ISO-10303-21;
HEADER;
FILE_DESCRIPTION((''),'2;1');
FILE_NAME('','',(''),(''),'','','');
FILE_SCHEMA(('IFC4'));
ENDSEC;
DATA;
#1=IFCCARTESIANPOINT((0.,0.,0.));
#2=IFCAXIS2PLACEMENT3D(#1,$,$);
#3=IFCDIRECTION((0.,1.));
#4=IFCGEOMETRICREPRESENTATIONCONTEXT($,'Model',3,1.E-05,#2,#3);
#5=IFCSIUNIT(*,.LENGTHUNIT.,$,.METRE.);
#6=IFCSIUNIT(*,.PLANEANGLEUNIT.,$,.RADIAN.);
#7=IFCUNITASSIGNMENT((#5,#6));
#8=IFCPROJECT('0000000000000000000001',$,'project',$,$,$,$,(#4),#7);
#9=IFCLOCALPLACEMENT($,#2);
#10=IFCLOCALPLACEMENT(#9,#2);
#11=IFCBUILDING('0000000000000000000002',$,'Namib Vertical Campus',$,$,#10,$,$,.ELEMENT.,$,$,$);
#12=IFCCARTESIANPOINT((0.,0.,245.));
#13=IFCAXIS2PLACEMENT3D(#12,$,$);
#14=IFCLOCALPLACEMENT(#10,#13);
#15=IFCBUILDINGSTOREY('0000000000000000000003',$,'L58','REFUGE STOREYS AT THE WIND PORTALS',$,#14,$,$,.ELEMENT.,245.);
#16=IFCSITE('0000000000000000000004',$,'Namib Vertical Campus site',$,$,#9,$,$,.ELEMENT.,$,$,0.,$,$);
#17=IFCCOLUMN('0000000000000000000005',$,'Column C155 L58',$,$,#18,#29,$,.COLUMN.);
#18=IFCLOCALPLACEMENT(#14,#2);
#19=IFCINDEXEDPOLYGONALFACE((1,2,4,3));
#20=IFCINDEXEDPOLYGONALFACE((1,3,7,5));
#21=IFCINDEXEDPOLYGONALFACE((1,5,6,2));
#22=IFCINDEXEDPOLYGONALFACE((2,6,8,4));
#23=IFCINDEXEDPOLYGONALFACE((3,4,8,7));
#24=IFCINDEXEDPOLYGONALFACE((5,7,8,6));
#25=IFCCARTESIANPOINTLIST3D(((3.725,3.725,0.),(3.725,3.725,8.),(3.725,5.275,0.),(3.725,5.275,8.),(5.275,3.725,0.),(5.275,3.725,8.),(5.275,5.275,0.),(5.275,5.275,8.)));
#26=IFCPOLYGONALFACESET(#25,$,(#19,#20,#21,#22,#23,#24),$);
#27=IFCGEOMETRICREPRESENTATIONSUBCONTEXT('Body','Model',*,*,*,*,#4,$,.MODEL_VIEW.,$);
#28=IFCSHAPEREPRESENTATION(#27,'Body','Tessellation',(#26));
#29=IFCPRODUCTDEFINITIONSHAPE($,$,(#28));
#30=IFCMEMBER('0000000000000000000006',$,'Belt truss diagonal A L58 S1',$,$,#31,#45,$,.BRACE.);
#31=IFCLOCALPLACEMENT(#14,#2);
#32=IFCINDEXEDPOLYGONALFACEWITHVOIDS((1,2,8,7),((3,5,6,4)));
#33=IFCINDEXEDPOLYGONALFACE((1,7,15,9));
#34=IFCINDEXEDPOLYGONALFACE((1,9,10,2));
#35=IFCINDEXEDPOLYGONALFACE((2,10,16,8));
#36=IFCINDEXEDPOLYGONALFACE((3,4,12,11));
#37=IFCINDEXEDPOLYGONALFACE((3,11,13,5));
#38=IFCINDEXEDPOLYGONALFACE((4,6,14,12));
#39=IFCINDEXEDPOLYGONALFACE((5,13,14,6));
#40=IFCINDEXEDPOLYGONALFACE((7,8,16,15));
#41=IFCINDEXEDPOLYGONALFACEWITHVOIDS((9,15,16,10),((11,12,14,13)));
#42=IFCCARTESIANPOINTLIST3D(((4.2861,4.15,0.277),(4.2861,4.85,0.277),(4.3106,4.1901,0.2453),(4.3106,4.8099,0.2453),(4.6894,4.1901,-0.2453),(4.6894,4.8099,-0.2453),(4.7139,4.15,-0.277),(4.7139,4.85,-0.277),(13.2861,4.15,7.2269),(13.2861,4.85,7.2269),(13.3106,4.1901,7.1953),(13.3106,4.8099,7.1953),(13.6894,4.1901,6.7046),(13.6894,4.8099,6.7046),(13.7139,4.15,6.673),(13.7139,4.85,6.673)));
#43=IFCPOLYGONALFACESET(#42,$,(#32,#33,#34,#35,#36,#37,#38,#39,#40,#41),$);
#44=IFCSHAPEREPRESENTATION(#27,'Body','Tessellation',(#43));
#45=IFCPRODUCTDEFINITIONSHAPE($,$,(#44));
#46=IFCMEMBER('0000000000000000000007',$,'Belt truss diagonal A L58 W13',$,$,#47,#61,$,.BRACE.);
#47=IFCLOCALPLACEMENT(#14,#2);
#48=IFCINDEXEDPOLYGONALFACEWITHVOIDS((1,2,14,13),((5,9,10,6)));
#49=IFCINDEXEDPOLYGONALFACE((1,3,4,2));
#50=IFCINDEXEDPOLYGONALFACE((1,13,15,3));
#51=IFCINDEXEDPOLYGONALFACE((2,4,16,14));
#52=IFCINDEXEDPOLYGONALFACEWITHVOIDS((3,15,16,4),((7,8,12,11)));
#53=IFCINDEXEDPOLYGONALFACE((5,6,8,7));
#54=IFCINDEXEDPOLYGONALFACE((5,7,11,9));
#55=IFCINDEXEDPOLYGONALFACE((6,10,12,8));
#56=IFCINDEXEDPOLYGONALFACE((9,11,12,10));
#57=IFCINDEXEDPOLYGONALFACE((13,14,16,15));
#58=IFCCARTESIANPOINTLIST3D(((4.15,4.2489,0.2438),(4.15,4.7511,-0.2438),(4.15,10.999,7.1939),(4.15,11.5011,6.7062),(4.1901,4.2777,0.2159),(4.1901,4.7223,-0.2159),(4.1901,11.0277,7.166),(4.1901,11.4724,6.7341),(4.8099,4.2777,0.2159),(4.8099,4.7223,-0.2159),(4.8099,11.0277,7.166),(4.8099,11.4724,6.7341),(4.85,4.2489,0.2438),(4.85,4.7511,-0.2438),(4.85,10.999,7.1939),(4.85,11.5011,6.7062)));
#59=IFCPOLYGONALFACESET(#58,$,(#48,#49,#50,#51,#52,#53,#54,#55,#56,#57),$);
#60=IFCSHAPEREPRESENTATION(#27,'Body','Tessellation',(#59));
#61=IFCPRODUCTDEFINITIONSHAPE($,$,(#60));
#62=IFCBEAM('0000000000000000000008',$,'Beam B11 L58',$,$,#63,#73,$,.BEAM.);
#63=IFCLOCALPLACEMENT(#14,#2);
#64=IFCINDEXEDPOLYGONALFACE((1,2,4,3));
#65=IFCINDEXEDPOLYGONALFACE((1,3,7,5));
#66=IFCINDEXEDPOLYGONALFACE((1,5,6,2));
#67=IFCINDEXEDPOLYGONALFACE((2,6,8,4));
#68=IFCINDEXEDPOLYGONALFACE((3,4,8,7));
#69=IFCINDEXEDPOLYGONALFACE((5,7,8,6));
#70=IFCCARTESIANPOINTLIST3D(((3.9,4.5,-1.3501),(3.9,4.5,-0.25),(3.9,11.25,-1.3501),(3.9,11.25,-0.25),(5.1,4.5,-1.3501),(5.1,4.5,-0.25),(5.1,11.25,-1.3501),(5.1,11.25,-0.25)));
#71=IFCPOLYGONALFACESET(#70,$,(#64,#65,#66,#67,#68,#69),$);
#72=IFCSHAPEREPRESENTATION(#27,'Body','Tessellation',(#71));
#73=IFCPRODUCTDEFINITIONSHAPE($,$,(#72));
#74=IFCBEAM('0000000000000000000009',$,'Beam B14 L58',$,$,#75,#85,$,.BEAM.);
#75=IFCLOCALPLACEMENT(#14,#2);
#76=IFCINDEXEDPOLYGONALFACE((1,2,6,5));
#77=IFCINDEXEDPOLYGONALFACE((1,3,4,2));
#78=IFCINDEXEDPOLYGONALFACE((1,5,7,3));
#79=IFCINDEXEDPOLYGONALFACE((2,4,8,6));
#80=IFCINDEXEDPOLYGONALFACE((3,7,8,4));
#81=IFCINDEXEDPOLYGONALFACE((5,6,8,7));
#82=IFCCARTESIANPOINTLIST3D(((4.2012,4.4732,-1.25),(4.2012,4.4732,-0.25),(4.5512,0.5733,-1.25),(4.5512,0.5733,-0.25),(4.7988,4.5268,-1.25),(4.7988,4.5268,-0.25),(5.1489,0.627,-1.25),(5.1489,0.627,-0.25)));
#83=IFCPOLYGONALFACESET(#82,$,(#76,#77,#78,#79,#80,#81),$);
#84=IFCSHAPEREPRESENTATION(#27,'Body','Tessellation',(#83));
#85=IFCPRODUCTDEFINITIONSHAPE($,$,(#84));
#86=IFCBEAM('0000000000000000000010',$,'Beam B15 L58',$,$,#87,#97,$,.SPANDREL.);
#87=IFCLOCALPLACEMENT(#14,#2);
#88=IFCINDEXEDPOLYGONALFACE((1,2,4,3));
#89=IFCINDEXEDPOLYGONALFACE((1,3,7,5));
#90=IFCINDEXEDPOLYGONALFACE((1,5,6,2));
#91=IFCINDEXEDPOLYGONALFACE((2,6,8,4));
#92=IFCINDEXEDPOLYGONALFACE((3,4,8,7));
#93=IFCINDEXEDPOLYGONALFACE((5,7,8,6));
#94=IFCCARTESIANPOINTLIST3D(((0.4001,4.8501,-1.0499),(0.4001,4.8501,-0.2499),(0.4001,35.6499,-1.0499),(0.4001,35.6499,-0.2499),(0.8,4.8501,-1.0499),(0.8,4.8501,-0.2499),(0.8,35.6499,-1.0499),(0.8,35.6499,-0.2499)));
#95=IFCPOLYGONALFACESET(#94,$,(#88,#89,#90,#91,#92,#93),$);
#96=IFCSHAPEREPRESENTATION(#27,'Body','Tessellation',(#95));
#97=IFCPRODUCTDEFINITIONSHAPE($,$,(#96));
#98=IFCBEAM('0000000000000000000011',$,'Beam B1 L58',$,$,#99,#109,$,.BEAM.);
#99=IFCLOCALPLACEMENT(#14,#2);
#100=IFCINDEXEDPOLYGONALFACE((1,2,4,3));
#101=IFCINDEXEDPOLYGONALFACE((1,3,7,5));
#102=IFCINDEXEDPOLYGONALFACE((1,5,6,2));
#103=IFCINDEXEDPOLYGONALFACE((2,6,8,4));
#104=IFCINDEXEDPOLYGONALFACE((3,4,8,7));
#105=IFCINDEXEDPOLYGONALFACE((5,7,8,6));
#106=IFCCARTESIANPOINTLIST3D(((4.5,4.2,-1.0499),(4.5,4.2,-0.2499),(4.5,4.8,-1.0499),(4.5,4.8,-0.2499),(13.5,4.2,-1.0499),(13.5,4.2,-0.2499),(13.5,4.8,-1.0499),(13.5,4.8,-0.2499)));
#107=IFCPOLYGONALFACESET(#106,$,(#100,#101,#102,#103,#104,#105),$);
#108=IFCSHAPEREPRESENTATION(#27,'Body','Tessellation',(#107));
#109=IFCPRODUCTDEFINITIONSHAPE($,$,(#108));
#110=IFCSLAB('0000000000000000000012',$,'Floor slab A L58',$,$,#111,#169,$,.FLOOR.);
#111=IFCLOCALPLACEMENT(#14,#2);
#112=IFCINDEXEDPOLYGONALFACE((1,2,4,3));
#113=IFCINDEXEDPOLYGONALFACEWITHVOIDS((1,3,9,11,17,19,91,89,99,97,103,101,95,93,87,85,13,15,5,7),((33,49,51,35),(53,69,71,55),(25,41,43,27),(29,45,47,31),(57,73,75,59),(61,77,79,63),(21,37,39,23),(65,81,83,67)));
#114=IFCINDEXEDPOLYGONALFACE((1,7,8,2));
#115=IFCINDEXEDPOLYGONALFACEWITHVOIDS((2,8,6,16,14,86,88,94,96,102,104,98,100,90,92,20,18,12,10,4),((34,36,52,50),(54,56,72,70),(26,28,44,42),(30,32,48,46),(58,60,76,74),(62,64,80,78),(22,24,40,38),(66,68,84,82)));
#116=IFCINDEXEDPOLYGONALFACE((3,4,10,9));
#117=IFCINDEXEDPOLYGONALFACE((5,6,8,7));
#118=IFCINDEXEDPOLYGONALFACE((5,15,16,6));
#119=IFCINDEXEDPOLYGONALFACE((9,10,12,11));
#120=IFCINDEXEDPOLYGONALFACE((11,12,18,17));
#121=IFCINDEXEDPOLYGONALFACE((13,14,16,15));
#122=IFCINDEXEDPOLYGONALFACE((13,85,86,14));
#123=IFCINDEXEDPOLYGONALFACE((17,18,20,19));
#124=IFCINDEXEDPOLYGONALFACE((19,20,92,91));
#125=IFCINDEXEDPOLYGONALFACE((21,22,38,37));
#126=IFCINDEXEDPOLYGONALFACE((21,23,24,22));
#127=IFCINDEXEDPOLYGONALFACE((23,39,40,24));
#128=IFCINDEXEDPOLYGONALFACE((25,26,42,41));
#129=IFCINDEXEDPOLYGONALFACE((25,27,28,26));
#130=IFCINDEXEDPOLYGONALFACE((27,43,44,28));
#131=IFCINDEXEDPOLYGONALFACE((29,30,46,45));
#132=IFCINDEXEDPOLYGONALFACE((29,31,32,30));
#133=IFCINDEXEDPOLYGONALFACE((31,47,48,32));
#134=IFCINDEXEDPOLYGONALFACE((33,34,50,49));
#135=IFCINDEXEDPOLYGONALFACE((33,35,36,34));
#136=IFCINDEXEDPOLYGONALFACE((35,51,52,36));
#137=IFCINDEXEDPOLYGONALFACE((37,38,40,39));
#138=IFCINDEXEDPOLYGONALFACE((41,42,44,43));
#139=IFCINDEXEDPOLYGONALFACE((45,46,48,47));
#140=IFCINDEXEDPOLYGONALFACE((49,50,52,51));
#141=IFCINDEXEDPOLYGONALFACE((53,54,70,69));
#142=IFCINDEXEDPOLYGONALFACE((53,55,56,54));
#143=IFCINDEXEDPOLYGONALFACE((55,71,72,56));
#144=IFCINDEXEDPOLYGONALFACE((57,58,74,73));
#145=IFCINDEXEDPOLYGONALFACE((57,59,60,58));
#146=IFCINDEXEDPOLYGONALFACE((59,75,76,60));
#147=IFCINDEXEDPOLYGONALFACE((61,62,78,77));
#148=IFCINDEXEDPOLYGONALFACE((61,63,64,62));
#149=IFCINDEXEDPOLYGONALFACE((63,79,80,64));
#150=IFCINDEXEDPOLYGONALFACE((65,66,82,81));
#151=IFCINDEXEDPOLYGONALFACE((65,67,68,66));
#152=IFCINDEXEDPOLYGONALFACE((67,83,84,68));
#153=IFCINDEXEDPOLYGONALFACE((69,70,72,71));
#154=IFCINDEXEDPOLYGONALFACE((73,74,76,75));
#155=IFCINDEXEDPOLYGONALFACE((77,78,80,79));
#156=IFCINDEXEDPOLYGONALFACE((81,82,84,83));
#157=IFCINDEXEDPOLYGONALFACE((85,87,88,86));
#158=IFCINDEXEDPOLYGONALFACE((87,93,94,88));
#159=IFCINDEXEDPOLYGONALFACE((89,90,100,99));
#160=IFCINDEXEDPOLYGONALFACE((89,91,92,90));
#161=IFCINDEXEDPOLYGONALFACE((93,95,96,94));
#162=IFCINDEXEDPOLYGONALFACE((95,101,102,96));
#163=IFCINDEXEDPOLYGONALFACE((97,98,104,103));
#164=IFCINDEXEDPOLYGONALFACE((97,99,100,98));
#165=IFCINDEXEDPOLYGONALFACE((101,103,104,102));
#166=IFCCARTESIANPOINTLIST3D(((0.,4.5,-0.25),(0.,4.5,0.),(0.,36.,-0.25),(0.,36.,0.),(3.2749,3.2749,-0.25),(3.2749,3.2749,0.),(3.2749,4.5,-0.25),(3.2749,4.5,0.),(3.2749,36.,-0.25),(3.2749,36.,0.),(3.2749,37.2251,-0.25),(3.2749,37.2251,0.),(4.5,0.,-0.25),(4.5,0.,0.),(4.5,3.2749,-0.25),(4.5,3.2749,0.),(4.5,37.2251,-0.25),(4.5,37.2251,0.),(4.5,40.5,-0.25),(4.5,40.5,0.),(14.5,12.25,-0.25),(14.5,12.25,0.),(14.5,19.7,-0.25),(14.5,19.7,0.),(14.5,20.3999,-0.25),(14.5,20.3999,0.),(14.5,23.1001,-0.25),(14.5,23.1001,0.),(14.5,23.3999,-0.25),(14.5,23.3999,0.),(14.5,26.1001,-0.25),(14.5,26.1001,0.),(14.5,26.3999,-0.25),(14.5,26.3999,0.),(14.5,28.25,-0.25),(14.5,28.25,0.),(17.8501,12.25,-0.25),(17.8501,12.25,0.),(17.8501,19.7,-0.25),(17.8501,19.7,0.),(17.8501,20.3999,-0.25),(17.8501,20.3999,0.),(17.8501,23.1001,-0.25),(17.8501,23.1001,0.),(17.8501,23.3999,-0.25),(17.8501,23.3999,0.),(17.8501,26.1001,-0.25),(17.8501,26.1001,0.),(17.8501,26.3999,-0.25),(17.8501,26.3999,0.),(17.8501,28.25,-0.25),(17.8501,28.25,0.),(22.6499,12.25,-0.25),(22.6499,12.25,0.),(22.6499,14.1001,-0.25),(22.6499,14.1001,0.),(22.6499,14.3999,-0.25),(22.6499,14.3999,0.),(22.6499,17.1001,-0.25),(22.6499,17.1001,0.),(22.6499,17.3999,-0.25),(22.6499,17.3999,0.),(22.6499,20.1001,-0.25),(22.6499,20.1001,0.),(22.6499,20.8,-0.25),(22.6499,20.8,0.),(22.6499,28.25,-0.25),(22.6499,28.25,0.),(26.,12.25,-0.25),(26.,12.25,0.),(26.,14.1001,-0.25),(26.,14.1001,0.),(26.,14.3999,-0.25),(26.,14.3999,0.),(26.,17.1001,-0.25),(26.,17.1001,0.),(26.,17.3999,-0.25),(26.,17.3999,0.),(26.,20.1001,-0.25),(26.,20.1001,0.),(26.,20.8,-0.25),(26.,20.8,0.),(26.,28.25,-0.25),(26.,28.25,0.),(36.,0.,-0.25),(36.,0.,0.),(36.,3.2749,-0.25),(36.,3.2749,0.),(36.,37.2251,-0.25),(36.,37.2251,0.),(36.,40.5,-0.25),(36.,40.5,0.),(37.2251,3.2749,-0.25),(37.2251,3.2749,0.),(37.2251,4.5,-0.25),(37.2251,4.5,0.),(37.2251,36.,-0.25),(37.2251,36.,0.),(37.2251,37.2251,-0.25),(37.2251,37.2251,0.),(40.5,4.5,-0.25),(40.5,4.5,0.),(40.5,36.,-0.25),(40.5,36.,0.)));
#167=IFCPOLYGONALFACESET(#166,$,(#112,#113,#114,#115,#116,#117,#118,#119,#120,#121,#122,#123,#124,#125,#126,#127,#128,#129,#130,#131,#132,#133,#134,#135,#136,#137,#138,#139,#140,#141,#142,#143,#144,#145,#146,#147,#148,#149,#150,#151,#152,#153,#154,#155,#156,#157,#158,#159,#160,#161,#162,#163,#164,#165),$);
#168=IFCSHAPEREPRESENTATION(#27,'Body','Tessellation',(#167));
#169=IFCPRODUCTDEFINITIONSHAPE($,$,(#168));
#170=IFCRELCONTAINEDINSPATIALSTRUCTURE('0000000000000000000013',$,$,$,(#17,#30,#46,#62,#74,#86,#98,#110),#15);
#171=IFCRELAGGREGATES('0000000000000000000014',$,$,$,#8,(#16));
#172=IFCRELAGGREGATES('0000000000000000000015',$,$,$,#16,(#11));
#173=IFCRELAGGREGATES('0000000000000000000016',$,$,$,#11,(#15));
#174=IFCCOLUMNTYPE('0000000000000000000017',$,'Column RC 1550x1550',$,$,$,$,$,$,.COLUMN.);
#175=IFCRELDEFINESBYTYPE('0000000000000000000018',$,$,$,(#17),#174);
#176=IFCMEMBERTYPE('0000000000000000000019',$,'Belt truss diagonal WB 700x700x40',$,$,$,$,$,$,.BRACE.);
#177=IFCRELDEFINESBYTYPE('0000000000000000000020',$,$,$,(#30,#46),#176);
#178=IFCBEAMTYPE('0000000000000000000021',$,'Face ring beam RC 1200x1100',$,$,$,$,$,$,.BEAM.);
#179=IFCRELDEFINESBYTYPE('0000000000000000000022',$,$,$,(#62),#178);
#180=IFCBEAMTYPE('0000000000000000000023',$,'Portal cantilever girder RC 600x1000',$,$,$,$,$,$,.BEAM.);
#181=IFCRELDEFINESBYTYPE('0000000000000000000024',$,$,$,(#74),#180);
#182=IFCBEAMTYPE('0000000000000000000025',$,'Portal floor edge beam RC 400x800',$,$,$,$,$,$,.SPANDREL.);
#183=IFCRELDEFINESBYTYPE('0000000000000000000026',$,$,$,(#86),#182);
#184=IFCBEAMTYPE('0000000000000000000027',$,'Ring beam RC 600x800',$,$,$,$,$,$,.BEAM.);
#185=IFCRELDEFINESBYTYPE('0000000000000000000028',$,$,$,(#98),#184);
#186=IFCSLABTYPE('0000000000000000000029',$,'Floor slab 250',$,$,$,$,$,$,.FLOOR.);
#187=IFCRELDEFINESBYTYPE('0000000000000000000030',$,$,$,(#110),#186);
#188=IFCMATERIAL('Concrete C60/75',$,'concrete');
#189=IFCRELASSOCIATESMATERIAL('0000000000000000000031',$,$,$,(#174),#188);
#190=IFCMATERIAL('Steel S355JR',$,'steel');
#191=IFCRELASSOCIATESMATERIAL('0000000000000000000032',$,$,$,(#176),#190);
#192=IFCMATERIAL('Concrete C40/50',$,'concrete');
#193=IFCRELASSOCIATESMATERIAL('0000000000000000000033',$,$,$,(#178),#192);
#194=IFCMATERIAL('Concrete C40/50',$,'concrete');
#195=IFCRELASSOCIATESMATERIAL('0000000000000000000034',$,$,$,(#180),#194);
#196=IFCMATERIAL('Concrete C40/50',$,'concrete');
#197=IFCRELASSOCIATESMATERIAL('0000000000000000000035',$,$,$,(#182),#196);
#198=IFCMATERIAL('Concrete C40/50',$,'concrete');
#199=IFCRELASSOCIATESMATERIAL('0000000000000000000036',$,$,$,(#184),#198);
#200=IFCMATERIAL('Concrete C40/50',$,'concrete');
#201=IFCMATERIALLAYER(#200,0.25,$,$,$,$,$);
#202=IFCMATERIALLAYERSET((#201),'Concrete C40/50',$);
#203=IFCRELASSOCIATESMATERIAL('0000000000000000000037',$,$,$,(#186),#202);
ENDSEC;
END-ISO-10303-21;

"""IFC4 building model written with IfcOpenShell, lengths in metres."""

from ifc_helpers import new_model, si_unit, direction, frame, origin, origin_2d, place, context, subcontext, project, spatial, polyline, rectangle, hollow_rectangle, outline, extrude, material, layer, layer_set, material_profile, profile_set, type_object, element, save


model = new_model("IFC4")

# Units and contexts
model_context = context("Model", 3, precision=1e-05, world=origin(), true_north=direction((0.0, 1.0)))
body_context = subcontext(model_context, "Body", "Model", "MODEL_VIEW")
ifc_project = project(units=[si_unit("LENGTHUNIT", "METRE"), si_unit("PLANEANGLEUNIT", "RADIAN")], contexts=[model_context])

# Site, building, storey
site_placement = place(None, origin())
site = spatial("IfcSite", under=ifc_project, at=site_placement, Name="Namib Vertical Campus site", CompositionType="ELEMENT", RefElevation=0.0)
building_placement = place(site_placement, origin())
building = spatial("IfcBuilding", under=site, at=building_placement, Name="Namib Vertical Campus", CompositionType="ELEMENT")
storey_placement = place(building_placement, frame((0.0, 0.0, 245.0)))
storey = spatial("IfcBuildingStorey", under=building, at=storey_placement, Name="L58", Description="REFUGE STOREYS AT THE WIND PORTALS", CompositionType="ELEMENT", Elevation=245.0)

# Column
ifc_material_1 = material(Name="Concrete C60/75", Category="concrete")
ifc_material_profile_1 = material_profile(ifc_material_1, rectangle(XDim=1.55, YDim=1.55, at=origin_2d()))
ifc_profile_set_1 = profile_set([ifc_material_profile_1], Name="Concrete C60/75")
column_type = type_object("IfcColumnType", Name="Column RC 1550x1550", PredefinedType="COLUMN", material=ifc_profile_set_1)
column_placement = place(storey_placement, frame((4.5, 4.5, 0.0), z_axis=(0.0, 0.0, 1.0), x_axis=(1.0, 0.0, 0.0)))
element("IfcColumn", 1, at=column_placement, inside=storey, type_object=column_type, Name="Column C155 L58", PredefinedType="COLUMN", context=body_context, shape_type="SweptSolid", body=[
    extrude(rectangle(XDim=1.55, YDim=1.55, at=origin_2d()), origin(), (0.0, 0.0, 1.0), 8.0),
])

# Members
ifc_material_2 = material(Name="Steel S355JR", Category="steel")
ifc_material_profile_2 = material_profile(ifc_material_2, hollow_rectangle(XDim=0.7, YDim=0.7, WallThickness=0.04, at=origin_2d()))
ifc_profile_set_2 = profile_set([ifc_material_profile_2], Name="Steel S355JR")
member_type = type_object("IfcMemberType", Name="Belt truss diagonal WB 700x700x40", PredefinedType="BRACE", material=ifc_profile_set_2)
member_1_placement = place(storey_placement, frame((4.5, 4.5, 0.0), z_axis=(0.79148, 0.0, 0.611194), x_axis=(0.0, 1.0, 0.0)))
element("IfcMember", 2, at=member_1_placement, inside=storey, type_object=member_type, Name="Belt truss diagonal A L58 S1", PredefinedType="BRACE", context=body_context, shape_type="SweptSolid", body=[
    extrude(hollow_rectangle(XDim=0.7, YDim=0.7, WallThickness=0.04, at=origin_2d()), origin(), (0.0, 0.0, 1.0), 11.3711),
])
member_2_placement = place(storey_placement, frame((4.5, 4.5, 0.0), z_axis=(0.0, 0.696712, 0.717351), x_axis=(-1.0, 0.0, 0.0)))
element("IfcMember", 3, at=member_2_placement, inside=storey, type_object=member_type, Name="Belt truss diagonal A L58 W13", PredefinedType="BRACE", context=body_context, shape_type="SweptSolid", body=[
    extrude(hollow_rectangle(XDim=0.7, YDim=0.7, WallThickness=0.04, at=origin_2d()), origin(), (0.0, 0.0, 1.0), 9.6885),
])

# Beams
ifc_material_3 = material(Name="Concrete C40/50", Category="concrete")
ifc_material_profile_3 = material_profile(ifc_material_3, rectangle(XDim=1.2, YDim=1.1001, at=origin_2d()))
ifc_profile_set_3 = profile_set([ifc_material_profile_3], Name="Concrete C40/50")
beam_type_1 = type_object("IfcBeamType", Name="Face ring beam RC 1200x1100", PredefinedType="BEAM", material=ifc_profile_set_3)
beam_1_placement = place(storey_placement, frame((4.5, 4.5, -0.8), z_axis=(0.0, 1.0, 0.0), x_axis=(-1.0, 0.0, 0.0)))
element("IfcBeam", 4, at=beam_1_placement, inside=storey, type_object=beam_type_1, Name="Beam B11 L58", PredefinedType="BEAM", context=body_context, shape_type="SweptSolid", body=[
    extrude(rectangle(XDim=1.2, YDim=1.1001, at=origin_2d()), origin(), (0.0, 0.0, 1.0), 6.75),
])
ifc_material_4 = material(Name="Concrete C40/50", Category="concrete")
ifc_material_profile_4 = material_profile(ifc_material_4, rectangle(XDim=0.6001, YDim=1.0, at=origin_2d()))
ifc_profile_set_4 = profile_set([ifc_material_profile_4], Name="Concrete C40/50")
beam_type_2 = type_object("IfcBeamType", Name="Portal cantilever girder RC 600x1000", PredefinedType="BEAM", material=ifc_profile_set_4)
beam_2_placement = place(storey_placement, frame((4.5, 4.5, -0.75), z_axis=(0.089411, -0.995995, 0.0), x_axis=(0.995995, 0.089411, 0.0)))
element("IfcBeam", 5, at=beam_2_placement, inside=storey, type_object=beam_type_2, Name="Beam B14 L58", PredefinedType="BEAM", context=body_context, shape_type="SweptSolid", body=[
    extrude(rectangle(XDim=0.6001, YDim=1.0, at=origin_2d()), origin(), (0.0, 0.0, 1.0), 3.9155),
])
ifc_material_5 = material(Name="Concrete C40/50", Category="concrete")
ifc_material_profile_5 = material_profile(ifc_material_5, rectangle(XDim=0.3999, YDim=0.8, at=origin_2d()))
ifc_profile_set_5 = profile_set([ifc_material_profile_5], Name="Concrete C40/50")
beam_type_3 = type_object("IfcBeamType", Name="Portal floor edge beam RC 400x800", PredefinedType="SPANDREL", material=ifc_profile_set_5)
beam_3_placement = place(storey_placement, frame((0.6001, 4.8501, -0.6499), z_axis=(0.0, 1.0, 0.0), x_axis=(-1.0, 0.0, 0.0)))
element("IfcBeam", 6, at=beam_3_placement, inside=storey, type_object=beam_type_3, Name="Beam B15 L58", PredefinedType="SPANDREL", context=body_context, shape_type="SweptSolid", body=[
    extrude(rectangle(XDim=0.3999, YDim=0.8, at=origin_2d()), origin(), (0.0, 0.0, 1.0), 30.7998),
])
ifc_material_6 = material(Name="Concrete C40/50", Category="concrete")
ifc_material_profile_6 = material_profile(ifc_material_6, rectangle(XDim=0.6001, YDim=0.8, at=origin_2d()))
ifc_profile_set_6 = profile_set([ifc_material_profile_6], Name="Concrete C40/50")
beam_type_4 = type_object("IfcBeamType", Name="Ring beam RC 600x800", PredefinedType="BEAM", material=ifc_profile_set_6)
beam_4_placement = place(storey_placement, frame((4.5, 4.5, -0.6499), z_axis=(1.0, 0.0, 0.0), x_axis=(0.0, 1.0, 0.0)))
element("IfcBeam", 7, at=beam_4_placement, inside=storey, type_object=beam_type_4, Name="Beam B1 L58", PredefinedType="BEAM", context=body_context, shape_type="SweptSolid", body=[
    extrude(rectangle(XDim=0.6001, YDim=0.8, at=origin_2d()), origin(), (0.0, 0.0, 1.0), 9.0),
])

# Slab
ifc_material_7 = material(Name="Concrete C40/50", Category="concrete")
ifc_layer_1 = layer(ifc_material_7, 0.25)
ifc_layer_set_1 = layer_set([ifc_layer_1], Name="Concrete C40/50")
slab_type_1 = type_object("IfcSlabType", Name="Floor slab 250", PredefinedType="FLOOR", material=ifc_layer_set_1)
slab_1_placement = place(storey_placement, frame((0.0, 0.0, -0.25)))
element("IfcSlab", 8, at=slab_1_placement, inside=storey, type_object=slab_type_1, Name="Floor slab A L58", PredefinedType="FLOOR", context=body_context, shape_type="SweptSolid", body=[
    extrude(outline(polyline([(4.5, 0.0), (36.0, 0.0), (36.0, 3.2749), (37.2251, 3.2749), (37.2251, 4.5), (40.5, 4.5), (40.5, 36.0), (37.2251, 36.0), (37.2251, 37.2251), (36.0, 37.2251), (36.0, 40.5), (4.5, 40.5), (4.5, 37.2251), (3.2749, 37.2251), (3.2749, 36.0), (0.0, 36.0), (0.0, 4.5), (3.2749, 4.5), (3.2749, 3.2749), (4.5, 3.2749), (4.5, 0.0)]), holes=[polyline([(14.5, 12.25), (17.8501, 12.25), (17.8501, 19.7), (14.5, 19.7), (14.5, 12.25)]), polyline([(22.6499, 20.8), (26.0, 20.8), (26.0, 28.25), (22.6499, 28.25), (22.6499, 20.8)]), polyline([(22.6499, 12.25), (26.0, 12.25), (26.0, 14.1001), (22.6499, 14.1001), (22.6499, 12.25)]), polyline([(14.5, 20.3999), (17.8501, 20.3999), (17.8501, 23.1001), (14.5, 23.1001), (14.5, 20.3999)]), polyline([(14.5, 23.3999), (17.8501, 23.3999), (17.8501, 26.1001), (14.5, 26.1001), (14.5, 23.3999)]), polyline([(14.5, 26.3999), (17.8501, 26.3999), (17.8501, 28.25), (14.5, 28.25), (14.5, 26.3999)]), polyline([(22.6499, 14.3999), (26.0, 14.3999), (26.0, 17.1001), (22.6499, 17.1001), (22.6499, 14.3999)]), polyline([(22.6499, 17.3999), (26.0, 17.3999), (26.0, 20.1001), (22.6499, 20.1001), (22.6499, 17.3999)])]), origin(), (0.0, 0.0, 1.0), 0.25),
])

save(model, "model.ifc")
